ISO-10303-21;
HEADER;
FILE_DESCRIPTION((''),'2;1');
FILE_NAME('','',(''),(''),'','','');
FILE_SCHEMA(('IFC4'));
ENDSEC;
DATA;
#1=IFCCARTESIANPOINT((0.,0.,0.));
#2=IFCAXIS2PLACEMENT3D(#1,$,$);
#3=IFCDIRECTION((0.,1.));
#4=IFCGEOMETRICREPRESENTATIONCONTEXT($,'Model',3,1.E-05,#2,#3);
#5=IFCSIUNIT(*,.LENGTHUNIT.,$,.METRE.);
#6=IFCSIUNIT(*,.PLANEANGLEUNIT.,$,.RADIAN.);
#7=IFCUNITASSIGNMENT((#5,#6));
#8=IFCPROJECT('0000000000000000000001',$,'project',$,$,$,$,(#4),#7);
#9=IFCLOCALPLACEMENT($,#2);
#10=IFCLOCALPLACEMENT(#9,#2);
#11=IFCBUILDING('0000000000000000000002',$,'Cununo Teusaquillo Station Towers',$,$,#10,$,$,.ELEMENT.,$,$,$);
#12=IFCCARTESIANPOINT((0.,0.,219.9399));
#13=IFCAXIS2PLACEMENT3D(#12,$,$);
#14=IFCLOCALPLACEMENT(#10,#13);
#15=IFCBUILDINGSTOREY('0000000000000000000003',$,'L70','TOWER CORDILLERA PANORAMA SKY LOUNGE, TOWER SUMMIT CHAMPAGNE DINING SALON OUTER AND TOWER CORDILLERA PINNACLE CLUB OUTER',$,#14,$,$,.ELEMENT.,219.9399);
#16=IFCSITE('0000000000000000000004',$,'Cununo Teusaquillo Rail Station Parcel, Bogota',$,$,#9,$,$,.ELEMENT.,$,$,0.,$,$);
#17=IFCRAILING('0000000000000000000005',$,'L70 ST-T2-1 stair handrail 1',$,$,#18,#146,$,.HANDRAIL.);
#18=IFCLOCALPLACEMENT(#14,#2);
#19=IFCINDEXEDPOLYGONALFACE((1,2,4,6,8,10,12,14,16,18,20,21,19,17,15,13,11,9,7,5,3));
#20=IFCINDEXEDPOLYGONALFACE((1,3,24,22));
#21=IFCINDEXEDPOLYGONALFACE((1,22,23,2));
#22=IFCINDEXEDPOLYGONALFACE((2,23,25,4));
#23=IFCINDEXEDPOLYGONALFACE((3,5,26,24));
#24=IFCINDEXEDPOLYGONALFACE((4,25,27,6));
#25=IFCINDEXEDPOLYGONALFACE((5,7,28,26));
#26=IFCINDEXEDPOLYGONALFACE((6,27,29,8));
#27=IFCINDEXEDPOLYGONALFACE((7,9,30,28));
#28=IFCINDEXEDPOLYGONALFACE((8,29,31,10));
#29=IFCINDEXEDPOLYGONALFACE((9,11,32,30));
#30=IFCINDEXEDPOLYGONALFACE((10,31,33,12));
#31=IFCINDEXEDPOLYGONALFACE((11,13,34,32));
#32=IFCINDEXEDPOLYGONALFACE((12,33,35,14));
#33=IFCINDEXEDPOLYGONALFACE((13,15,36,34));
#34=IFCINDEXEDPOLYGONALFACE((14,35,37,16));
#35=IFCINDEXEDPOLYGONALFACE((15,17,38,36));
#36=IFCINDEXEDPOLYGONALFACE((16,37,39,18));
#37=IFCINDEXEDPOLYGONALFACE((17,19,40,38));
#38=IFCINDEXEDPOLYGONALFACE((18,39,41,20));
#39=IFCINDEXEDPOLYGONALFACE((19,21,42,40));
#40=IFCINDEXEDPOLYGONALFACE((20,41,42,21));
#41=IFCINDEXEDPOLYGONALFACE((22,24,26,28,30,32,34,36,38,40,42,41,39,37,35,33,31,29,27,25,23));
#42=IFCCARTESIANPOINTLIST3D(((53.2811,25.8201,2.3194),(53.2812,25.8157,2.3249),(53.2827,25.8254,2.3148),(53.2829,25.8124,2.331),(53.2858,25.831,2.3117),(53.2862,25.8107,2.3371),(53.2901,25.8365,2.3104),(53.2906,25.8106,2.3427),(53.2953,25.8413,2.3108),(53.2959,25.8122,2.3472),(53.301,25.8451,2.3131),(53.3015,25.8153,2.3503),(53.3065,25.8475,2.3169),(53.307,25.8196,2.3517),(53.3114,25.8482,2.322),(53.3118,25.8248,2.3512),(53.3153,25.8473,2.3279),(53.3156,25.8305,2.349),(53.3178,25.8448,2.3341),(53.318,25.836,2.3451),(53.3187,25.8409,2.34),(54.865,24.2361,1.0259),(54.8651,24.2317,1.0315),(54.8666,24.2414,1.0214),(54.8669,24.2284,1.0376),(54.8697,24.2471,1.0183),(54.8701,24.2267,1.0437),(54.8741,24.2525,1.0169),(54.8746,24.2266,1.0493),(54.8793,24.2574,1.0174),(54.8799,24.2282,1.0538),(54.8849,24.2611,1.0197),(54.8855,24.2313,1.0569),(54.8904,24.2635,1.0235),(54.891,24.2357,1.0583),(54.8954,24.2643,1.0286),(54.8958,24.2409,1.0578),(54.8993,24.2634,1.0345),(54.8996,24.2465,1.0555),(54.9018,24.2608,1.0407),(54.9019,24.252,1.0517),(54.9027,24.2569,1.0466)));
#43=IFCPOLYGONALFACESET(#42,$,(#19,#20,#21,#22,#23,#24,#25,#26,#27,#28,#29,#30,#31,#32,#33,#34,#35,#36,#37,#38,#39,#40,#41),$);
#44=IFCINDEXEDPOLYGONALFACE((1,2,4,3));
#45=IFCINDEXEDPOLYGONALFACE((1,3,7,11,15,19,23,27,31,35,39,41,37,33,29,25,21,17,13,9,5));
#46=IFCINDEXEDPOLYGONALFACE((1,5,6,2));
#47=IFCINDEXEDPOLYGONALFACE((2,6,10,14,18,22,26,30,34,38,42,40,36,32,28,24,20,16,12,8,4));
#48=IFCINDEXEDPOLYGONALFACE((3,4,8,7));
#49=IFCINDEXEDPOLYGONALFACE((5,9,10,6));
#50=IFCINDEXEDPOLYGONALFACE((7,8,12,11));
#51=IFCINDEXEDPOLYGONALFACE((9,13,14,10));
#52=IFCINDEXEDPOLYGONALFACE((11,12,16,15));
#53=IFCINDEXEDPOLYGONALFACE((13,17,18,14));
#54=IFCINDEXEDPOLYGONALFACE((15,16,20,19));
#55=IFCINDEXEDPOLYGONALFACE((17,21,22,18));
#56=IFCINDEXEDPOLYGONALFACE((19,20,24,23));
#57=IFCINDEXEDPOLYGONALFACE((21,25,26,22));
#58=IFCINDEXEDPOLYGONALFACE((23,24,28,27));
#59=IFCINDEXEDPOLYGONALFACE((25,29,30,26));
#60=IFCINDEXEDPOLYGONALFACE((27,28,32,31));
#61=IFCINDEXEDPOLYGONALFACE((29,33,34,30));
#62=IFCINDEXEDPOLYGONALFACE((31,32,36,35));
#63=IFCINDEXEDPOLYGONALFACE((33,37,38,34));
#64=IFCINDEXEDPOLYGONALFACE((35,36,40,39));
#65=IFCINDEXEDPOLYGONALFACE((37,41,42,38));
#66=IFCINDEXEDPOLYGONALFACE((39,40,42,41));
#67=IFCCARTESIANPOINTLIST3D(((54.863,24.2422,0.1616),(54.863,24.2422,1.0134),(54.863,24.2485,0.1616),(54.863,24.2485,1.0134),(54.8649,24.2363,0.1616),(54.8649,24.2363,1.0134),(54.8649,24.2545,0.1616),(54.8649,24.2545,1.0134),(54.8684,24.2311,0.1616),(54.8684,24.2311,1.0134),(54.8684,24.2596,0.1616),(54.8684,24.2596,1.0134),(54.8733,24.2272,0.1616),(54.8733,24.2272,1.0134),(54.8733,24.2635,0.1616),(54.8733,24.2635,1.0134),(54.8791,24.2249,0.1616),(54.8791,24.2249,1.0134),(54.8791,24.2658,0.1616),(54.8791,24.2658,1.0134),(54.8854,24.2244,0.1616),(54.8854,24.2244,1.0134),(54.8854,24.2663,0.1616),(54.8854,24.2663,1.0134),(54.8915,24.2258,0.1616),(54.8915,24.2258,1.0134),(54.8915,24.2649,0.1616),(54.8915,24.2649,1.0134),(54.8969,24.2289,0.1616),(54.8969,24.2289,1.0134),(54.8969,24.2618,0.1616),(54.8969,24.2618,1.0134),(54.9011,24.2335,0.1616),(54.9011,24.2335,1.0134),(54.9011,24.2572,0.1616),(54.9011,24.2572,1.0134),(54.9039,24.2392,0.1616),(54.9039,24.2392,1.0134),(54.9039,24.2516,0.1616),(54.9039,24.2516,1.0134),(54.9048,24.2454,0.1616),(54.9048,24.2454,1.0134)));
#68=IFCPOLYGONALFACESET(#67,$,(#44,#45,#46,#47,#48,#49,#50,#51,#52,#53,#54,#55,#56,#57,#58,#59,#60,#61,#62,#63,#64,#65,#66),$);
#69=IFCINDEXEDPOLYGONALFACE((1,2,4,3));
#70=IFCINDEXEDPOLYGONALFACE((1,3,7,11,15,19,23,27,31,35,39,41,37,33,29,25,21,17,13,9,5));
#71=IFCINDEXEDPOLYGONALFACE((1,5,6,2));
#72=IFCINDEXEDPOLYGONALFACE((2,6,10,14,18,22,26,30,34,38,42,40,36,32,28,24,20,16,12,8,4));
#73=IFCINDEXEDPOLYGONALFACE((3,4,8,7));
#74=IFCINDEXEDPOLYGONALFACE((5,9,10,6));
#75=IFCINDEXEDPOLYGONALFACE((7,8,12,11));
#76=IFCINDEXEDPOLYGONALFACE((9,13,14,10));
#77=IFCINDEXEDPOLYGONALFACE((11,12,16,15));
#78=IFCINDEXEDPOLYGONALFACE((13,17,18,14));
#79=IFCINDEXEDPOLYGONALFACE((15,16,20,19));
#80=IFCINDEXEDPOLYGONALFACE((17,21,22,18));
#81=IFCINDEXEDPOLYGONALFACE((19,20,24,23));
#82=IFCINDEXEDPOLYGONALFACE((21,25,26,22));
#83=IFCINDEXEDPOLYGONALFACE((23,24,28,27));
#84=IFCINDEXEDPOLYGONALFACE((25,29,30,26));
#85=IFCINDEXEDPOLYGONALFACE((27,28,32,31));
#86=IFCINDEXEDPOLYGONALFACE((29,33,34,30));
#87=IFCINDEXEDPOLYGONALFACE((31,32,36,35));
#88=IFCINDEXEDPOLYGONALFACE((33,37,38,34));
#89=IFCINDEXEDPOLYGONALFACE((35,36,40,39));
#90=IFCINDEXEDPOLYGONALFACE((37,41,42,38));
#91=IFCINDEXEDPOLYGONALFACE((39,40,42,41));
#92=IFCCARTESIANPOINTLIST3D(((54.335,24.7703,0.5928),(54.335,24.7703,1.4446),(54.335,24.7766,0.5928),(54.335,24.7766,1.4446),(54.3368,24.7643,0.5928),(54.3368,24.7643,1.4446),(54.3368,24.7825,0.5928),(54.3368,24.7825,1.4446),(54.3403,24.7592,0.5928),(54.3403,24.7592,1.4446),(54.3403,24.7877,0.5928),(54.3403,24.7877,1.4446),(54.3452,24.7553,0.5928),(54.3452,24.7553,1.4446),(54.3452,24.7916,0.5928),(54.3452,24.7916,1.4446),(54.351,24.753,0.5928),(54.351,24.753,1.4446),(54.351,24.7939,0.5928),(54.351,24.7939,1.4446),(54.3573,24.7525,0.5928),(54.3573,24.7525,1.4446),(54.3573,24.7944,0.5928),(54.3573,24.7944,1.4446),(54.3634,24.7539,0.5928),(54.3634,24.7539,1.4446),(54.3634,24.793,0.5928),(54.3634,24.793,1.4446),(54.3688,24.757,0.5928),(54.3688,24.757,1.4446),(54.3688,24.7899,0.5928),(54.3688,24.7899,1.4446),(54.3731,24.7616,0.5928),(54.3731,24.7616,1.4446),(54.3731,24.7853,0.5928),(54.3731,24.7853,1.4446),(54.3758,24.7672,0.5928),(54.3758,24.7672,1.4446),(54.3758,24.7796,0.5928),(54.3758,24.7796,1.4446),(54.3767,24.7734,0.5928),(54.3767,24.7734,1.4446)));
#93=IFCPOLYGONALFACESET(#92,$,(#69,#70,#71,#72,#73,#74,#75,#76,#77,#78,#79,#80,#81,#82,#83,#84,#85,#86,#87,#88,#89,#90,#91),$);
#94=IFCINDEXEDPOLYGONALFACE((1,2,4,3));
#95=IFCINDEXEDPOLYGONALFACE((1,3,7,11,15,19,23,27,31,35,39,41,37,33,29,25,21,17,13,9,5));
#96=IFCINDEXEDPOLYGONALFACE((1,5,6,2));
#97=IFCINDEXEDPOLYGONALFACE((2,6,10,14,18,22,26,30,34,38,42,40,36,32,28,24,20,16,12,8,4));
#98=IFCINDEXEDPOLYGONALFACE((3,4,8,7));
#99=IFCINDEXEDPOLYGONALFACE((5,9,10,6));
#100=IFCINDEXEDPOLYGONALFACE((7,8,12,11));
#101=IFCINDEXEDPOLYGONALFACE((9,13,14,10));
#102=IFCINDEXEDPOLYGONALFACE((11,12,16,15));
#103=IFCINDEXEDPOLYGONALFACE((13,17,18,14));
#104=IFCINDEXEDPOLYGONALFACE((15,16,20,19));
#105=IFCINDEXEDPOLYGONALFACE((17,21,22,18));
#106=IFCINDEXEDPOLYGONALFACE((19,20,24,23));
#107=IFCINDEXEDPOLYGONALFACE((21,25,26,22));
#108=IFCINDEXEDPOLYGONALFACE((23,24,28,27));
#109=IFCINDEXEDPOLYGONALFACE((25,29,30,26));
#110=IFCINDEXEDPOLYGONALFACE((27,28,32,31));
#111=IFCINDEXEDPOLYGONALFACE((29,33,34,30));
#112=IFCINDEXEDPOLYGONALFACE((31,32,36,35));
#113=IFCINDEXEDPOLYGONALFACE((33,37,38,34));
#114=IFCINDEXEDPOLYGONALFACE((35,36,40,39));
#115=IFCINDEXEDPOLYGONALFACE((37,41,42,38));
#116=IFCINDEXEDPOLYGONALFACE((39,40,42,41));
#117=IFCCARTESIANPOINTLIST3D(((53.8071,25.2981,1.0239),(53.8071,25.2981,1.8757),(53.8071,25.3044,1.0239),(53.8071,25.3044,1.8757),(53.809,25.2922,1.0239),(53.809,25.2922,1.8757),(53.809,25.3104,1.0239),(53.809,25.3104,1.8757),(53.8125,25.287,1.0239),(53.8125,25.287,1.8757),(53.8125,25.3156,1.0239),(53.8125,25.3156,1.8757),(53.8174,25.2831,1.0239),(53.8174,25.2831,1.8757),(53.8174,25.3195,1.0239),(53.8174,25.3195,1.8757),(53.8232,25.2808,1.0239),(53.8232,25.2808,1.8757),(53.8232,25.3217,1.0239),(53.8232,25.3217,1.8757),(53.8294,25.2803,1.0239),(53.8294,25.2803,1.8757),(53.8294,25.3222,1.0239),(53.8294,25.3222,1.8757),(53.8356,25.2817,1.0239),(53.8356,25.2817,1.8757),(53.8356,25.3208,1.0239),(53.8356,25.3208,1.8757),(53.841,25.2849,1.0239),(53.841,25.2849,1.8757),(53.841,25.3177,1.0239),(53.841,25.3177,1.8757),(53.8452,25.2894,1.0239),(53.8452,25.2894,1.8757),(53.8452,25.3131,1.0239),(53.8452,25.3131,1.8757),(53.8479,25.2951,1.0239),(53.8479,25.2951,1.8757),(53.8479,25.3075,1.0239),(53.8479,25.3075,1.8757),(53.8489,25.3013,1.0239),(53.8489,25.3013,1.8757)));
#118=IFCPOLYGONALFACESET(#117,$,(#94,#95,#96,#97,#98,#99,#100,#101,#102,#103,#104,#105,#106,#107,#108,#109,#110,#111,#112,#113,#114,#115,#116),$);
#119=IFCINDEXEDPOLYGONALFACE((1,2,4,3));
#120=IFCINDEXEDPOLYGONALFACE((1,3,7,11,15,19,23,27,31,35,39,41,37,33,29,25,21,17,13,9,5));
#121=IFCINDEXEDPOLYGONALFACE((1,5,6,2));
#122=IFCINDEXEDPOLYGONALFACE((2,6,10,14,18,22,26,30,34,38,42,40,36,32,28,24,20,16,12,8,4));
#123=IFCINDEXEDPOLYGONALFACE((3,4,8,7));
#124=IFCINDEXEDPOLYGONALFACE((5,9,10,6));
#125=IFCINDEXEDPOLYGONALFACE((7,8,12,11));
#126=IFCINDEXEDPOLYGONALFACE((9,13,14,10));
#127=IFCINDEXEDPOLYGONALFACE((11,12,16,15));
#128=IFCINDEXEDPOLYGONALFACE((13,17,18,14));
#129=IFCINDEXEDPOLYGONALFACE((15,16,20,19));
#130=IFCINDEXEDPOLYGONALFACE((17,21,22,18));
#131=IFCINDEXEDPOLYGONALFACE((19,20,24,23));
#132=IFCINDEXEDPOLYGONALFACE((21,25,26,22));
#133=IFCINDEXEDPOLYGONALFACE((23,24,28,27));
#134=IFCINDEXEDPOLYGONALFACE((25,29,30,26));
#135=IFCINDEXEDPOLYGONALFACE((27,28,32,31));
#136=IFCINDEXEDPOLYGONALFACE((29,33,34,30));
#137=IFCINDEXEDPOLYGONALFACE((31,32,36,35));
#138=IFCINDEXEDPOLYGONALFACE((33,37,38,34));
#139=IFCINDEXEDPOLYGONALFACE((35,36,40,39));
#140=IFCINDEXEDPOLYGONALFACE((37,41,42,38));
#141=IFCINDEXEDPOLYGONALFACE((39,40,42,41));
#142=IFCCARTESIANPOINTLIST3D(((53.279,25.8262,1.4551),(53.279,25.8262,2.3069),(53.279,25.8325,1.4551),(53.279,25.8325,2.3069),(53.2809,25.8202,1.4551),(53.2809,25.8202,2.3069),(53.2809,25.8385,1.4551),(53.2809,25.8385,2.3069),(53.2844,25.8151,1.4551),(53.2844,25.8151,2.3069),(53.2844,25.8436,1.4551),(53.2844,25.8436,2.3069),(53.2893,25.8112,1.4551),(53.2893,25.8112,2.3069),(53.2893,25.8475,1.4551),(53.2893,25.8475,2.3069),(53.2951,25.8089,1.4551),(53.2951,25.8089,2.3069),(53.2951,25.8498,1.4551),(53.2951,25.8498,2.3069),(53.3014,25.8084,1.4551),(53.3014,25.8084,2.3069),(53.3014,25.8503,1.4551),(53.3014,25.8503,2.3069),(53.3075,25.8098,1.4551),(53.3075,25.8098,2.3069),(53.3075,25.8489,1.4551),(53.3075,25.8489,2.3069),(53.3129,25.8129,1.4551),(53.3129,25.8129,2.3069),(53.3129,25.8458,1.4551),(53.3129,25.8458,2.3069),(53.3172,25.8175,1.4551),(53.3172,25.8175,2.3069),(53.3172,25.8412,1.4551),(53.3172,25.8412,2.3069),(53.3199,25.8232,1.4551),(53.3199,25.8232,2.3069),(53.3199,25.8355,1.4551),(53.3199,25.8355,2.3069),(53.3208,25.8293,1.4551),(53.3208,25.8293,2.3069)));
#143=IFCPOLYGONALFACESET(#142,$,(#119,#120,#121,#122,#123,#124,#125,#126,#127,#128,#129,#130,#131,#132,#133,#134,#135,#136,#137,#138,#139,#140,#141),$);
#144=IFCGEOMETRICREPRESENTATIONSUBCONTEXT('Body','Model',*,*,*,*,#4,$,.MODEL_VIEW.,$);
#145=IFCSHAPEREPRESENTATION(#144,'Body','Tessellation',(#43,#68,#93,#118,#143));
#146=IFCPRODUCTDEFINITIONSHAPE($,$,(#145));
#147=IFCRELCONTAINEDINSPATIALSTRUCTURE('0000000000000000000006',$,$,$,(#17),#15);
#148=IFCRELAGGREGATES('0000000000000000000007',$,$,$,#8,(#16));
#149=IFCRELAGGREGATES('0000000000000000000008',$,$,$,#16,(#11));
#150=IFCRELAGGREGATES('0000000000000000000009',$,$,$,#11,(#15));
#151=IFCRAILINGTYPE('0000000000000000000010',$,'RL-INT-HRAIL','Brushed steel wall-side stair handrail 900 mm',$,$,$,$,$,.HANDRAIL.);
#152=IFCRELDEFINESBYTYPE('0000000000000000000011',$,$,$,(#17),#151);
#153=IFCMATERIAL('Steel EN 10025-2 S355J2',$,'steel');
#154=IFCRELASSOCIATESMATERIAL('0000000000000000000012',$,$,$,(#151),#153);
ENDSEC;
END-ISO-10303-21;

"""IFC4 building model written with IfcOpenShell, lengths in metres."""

from ifc_helpers import new_model, si_unit, direction, frame, origin, origin_2d, place, context, subcontext, project, spatial, circle, extrude, material, type_object, element, save


model = new_model("IFC4")

# Units and contexts
model_context = context("Model", 3, precision=1e-05, world=origin(), true_north=direction((0.0, 1.0)))
body_context = subcontext(model_context, "Body", "Model", "MODEL_VIEW")
ifc_project = project(units=[si_unit("LENGTHUNIT", "METRE"), si_unit("PLANEANGLEUNIT", "RADIAN")], contexts=[model_context])

# Site, building, storey
site_placement = place(None, origin())
site = spatial("IfcSite", under=ifc_project, at=site_placement, Name="Cununo Teusaquillo Rail Station Parcel, Bogota", CompositionType="ELEMENT", RefElevation=0.0)
building_placement = place(site_placement, origin())
building = spatial("IfcBuilding", under=site, at=building_placement, Name="Cununo Teusaquillo Station Towers", CompositionType="ELEMENT")
storey_placement = place(building_placement, frame((0.0, 0.0, 219.9399)))
storey = spatial("IfcBuildingStorey", under=building, at=storey_placement, Name="L70", Description="TOWER CORDILLERA PANORAMA SKY LOUNGE, TOWER SUMMIT CHAMPAGNE DINING SALON OUTER AND TOWER CORDILLERA PINNACLE CLUB OUTER", CompositionType="ELEMENT", Elevation=219.9399)

# Railing
ifc_material_1 = material(Name="Steel EN 10025-2 S355J2", Category="steel")
railing_type_1 = type_object("IfcRailingType", Name="RL-INT-HRAIL", Description="Brushed steel wall-side stair handrail 900 mm", PredefinedType="HANDRAIL", material=ifc_material_1)
railing_1_placement = place(storey_placement, frame((54.8838, 24.2454, 0.1616)))
element("IfcRailing", 1, at=railing_1_placement, inside=storey, type_object=railing_type_1, Name="L70 ST-T2-1 stair handrail 1", PredefinedType="HANDRAIL", context=body_context, shape_type="SweptSolid", body=[
    extrude(circle(Radius=0.0239, at=origin_2d()), frame((0.0, 0.0, 0.876), z_axis=(-0.612356, 0.612356, 0.50004), x_axis=(-0.707107, -0.707107, 0.0)), (0.0, 0.0, 1.0), 2.5867),
    extrude(circle(Radius=0.021, at=origin_2d()), origin(), (0.0, 0.0, 1.0), 0.8518),
    extrude(circle(Radius=0.021, at=origin_2d()), frame((-0.5281, 0.5281, 0.4312)), (0.0, 0.0, 1.0), 0.8518),
    extrude(circle(Radius=0.021, at=origin_2d()), frame((-1.0559, 1.0559, 0.8623)), (0.0, 0.0, 1.0), 0.8518),
    extrude(circle(Radius=0.021, at=origin_2d()), frame((-1.584, 1.584, 1.2935)), (0.0, 0.0, 1.0), 0.8518),
])

save(model, "model.ifc")
